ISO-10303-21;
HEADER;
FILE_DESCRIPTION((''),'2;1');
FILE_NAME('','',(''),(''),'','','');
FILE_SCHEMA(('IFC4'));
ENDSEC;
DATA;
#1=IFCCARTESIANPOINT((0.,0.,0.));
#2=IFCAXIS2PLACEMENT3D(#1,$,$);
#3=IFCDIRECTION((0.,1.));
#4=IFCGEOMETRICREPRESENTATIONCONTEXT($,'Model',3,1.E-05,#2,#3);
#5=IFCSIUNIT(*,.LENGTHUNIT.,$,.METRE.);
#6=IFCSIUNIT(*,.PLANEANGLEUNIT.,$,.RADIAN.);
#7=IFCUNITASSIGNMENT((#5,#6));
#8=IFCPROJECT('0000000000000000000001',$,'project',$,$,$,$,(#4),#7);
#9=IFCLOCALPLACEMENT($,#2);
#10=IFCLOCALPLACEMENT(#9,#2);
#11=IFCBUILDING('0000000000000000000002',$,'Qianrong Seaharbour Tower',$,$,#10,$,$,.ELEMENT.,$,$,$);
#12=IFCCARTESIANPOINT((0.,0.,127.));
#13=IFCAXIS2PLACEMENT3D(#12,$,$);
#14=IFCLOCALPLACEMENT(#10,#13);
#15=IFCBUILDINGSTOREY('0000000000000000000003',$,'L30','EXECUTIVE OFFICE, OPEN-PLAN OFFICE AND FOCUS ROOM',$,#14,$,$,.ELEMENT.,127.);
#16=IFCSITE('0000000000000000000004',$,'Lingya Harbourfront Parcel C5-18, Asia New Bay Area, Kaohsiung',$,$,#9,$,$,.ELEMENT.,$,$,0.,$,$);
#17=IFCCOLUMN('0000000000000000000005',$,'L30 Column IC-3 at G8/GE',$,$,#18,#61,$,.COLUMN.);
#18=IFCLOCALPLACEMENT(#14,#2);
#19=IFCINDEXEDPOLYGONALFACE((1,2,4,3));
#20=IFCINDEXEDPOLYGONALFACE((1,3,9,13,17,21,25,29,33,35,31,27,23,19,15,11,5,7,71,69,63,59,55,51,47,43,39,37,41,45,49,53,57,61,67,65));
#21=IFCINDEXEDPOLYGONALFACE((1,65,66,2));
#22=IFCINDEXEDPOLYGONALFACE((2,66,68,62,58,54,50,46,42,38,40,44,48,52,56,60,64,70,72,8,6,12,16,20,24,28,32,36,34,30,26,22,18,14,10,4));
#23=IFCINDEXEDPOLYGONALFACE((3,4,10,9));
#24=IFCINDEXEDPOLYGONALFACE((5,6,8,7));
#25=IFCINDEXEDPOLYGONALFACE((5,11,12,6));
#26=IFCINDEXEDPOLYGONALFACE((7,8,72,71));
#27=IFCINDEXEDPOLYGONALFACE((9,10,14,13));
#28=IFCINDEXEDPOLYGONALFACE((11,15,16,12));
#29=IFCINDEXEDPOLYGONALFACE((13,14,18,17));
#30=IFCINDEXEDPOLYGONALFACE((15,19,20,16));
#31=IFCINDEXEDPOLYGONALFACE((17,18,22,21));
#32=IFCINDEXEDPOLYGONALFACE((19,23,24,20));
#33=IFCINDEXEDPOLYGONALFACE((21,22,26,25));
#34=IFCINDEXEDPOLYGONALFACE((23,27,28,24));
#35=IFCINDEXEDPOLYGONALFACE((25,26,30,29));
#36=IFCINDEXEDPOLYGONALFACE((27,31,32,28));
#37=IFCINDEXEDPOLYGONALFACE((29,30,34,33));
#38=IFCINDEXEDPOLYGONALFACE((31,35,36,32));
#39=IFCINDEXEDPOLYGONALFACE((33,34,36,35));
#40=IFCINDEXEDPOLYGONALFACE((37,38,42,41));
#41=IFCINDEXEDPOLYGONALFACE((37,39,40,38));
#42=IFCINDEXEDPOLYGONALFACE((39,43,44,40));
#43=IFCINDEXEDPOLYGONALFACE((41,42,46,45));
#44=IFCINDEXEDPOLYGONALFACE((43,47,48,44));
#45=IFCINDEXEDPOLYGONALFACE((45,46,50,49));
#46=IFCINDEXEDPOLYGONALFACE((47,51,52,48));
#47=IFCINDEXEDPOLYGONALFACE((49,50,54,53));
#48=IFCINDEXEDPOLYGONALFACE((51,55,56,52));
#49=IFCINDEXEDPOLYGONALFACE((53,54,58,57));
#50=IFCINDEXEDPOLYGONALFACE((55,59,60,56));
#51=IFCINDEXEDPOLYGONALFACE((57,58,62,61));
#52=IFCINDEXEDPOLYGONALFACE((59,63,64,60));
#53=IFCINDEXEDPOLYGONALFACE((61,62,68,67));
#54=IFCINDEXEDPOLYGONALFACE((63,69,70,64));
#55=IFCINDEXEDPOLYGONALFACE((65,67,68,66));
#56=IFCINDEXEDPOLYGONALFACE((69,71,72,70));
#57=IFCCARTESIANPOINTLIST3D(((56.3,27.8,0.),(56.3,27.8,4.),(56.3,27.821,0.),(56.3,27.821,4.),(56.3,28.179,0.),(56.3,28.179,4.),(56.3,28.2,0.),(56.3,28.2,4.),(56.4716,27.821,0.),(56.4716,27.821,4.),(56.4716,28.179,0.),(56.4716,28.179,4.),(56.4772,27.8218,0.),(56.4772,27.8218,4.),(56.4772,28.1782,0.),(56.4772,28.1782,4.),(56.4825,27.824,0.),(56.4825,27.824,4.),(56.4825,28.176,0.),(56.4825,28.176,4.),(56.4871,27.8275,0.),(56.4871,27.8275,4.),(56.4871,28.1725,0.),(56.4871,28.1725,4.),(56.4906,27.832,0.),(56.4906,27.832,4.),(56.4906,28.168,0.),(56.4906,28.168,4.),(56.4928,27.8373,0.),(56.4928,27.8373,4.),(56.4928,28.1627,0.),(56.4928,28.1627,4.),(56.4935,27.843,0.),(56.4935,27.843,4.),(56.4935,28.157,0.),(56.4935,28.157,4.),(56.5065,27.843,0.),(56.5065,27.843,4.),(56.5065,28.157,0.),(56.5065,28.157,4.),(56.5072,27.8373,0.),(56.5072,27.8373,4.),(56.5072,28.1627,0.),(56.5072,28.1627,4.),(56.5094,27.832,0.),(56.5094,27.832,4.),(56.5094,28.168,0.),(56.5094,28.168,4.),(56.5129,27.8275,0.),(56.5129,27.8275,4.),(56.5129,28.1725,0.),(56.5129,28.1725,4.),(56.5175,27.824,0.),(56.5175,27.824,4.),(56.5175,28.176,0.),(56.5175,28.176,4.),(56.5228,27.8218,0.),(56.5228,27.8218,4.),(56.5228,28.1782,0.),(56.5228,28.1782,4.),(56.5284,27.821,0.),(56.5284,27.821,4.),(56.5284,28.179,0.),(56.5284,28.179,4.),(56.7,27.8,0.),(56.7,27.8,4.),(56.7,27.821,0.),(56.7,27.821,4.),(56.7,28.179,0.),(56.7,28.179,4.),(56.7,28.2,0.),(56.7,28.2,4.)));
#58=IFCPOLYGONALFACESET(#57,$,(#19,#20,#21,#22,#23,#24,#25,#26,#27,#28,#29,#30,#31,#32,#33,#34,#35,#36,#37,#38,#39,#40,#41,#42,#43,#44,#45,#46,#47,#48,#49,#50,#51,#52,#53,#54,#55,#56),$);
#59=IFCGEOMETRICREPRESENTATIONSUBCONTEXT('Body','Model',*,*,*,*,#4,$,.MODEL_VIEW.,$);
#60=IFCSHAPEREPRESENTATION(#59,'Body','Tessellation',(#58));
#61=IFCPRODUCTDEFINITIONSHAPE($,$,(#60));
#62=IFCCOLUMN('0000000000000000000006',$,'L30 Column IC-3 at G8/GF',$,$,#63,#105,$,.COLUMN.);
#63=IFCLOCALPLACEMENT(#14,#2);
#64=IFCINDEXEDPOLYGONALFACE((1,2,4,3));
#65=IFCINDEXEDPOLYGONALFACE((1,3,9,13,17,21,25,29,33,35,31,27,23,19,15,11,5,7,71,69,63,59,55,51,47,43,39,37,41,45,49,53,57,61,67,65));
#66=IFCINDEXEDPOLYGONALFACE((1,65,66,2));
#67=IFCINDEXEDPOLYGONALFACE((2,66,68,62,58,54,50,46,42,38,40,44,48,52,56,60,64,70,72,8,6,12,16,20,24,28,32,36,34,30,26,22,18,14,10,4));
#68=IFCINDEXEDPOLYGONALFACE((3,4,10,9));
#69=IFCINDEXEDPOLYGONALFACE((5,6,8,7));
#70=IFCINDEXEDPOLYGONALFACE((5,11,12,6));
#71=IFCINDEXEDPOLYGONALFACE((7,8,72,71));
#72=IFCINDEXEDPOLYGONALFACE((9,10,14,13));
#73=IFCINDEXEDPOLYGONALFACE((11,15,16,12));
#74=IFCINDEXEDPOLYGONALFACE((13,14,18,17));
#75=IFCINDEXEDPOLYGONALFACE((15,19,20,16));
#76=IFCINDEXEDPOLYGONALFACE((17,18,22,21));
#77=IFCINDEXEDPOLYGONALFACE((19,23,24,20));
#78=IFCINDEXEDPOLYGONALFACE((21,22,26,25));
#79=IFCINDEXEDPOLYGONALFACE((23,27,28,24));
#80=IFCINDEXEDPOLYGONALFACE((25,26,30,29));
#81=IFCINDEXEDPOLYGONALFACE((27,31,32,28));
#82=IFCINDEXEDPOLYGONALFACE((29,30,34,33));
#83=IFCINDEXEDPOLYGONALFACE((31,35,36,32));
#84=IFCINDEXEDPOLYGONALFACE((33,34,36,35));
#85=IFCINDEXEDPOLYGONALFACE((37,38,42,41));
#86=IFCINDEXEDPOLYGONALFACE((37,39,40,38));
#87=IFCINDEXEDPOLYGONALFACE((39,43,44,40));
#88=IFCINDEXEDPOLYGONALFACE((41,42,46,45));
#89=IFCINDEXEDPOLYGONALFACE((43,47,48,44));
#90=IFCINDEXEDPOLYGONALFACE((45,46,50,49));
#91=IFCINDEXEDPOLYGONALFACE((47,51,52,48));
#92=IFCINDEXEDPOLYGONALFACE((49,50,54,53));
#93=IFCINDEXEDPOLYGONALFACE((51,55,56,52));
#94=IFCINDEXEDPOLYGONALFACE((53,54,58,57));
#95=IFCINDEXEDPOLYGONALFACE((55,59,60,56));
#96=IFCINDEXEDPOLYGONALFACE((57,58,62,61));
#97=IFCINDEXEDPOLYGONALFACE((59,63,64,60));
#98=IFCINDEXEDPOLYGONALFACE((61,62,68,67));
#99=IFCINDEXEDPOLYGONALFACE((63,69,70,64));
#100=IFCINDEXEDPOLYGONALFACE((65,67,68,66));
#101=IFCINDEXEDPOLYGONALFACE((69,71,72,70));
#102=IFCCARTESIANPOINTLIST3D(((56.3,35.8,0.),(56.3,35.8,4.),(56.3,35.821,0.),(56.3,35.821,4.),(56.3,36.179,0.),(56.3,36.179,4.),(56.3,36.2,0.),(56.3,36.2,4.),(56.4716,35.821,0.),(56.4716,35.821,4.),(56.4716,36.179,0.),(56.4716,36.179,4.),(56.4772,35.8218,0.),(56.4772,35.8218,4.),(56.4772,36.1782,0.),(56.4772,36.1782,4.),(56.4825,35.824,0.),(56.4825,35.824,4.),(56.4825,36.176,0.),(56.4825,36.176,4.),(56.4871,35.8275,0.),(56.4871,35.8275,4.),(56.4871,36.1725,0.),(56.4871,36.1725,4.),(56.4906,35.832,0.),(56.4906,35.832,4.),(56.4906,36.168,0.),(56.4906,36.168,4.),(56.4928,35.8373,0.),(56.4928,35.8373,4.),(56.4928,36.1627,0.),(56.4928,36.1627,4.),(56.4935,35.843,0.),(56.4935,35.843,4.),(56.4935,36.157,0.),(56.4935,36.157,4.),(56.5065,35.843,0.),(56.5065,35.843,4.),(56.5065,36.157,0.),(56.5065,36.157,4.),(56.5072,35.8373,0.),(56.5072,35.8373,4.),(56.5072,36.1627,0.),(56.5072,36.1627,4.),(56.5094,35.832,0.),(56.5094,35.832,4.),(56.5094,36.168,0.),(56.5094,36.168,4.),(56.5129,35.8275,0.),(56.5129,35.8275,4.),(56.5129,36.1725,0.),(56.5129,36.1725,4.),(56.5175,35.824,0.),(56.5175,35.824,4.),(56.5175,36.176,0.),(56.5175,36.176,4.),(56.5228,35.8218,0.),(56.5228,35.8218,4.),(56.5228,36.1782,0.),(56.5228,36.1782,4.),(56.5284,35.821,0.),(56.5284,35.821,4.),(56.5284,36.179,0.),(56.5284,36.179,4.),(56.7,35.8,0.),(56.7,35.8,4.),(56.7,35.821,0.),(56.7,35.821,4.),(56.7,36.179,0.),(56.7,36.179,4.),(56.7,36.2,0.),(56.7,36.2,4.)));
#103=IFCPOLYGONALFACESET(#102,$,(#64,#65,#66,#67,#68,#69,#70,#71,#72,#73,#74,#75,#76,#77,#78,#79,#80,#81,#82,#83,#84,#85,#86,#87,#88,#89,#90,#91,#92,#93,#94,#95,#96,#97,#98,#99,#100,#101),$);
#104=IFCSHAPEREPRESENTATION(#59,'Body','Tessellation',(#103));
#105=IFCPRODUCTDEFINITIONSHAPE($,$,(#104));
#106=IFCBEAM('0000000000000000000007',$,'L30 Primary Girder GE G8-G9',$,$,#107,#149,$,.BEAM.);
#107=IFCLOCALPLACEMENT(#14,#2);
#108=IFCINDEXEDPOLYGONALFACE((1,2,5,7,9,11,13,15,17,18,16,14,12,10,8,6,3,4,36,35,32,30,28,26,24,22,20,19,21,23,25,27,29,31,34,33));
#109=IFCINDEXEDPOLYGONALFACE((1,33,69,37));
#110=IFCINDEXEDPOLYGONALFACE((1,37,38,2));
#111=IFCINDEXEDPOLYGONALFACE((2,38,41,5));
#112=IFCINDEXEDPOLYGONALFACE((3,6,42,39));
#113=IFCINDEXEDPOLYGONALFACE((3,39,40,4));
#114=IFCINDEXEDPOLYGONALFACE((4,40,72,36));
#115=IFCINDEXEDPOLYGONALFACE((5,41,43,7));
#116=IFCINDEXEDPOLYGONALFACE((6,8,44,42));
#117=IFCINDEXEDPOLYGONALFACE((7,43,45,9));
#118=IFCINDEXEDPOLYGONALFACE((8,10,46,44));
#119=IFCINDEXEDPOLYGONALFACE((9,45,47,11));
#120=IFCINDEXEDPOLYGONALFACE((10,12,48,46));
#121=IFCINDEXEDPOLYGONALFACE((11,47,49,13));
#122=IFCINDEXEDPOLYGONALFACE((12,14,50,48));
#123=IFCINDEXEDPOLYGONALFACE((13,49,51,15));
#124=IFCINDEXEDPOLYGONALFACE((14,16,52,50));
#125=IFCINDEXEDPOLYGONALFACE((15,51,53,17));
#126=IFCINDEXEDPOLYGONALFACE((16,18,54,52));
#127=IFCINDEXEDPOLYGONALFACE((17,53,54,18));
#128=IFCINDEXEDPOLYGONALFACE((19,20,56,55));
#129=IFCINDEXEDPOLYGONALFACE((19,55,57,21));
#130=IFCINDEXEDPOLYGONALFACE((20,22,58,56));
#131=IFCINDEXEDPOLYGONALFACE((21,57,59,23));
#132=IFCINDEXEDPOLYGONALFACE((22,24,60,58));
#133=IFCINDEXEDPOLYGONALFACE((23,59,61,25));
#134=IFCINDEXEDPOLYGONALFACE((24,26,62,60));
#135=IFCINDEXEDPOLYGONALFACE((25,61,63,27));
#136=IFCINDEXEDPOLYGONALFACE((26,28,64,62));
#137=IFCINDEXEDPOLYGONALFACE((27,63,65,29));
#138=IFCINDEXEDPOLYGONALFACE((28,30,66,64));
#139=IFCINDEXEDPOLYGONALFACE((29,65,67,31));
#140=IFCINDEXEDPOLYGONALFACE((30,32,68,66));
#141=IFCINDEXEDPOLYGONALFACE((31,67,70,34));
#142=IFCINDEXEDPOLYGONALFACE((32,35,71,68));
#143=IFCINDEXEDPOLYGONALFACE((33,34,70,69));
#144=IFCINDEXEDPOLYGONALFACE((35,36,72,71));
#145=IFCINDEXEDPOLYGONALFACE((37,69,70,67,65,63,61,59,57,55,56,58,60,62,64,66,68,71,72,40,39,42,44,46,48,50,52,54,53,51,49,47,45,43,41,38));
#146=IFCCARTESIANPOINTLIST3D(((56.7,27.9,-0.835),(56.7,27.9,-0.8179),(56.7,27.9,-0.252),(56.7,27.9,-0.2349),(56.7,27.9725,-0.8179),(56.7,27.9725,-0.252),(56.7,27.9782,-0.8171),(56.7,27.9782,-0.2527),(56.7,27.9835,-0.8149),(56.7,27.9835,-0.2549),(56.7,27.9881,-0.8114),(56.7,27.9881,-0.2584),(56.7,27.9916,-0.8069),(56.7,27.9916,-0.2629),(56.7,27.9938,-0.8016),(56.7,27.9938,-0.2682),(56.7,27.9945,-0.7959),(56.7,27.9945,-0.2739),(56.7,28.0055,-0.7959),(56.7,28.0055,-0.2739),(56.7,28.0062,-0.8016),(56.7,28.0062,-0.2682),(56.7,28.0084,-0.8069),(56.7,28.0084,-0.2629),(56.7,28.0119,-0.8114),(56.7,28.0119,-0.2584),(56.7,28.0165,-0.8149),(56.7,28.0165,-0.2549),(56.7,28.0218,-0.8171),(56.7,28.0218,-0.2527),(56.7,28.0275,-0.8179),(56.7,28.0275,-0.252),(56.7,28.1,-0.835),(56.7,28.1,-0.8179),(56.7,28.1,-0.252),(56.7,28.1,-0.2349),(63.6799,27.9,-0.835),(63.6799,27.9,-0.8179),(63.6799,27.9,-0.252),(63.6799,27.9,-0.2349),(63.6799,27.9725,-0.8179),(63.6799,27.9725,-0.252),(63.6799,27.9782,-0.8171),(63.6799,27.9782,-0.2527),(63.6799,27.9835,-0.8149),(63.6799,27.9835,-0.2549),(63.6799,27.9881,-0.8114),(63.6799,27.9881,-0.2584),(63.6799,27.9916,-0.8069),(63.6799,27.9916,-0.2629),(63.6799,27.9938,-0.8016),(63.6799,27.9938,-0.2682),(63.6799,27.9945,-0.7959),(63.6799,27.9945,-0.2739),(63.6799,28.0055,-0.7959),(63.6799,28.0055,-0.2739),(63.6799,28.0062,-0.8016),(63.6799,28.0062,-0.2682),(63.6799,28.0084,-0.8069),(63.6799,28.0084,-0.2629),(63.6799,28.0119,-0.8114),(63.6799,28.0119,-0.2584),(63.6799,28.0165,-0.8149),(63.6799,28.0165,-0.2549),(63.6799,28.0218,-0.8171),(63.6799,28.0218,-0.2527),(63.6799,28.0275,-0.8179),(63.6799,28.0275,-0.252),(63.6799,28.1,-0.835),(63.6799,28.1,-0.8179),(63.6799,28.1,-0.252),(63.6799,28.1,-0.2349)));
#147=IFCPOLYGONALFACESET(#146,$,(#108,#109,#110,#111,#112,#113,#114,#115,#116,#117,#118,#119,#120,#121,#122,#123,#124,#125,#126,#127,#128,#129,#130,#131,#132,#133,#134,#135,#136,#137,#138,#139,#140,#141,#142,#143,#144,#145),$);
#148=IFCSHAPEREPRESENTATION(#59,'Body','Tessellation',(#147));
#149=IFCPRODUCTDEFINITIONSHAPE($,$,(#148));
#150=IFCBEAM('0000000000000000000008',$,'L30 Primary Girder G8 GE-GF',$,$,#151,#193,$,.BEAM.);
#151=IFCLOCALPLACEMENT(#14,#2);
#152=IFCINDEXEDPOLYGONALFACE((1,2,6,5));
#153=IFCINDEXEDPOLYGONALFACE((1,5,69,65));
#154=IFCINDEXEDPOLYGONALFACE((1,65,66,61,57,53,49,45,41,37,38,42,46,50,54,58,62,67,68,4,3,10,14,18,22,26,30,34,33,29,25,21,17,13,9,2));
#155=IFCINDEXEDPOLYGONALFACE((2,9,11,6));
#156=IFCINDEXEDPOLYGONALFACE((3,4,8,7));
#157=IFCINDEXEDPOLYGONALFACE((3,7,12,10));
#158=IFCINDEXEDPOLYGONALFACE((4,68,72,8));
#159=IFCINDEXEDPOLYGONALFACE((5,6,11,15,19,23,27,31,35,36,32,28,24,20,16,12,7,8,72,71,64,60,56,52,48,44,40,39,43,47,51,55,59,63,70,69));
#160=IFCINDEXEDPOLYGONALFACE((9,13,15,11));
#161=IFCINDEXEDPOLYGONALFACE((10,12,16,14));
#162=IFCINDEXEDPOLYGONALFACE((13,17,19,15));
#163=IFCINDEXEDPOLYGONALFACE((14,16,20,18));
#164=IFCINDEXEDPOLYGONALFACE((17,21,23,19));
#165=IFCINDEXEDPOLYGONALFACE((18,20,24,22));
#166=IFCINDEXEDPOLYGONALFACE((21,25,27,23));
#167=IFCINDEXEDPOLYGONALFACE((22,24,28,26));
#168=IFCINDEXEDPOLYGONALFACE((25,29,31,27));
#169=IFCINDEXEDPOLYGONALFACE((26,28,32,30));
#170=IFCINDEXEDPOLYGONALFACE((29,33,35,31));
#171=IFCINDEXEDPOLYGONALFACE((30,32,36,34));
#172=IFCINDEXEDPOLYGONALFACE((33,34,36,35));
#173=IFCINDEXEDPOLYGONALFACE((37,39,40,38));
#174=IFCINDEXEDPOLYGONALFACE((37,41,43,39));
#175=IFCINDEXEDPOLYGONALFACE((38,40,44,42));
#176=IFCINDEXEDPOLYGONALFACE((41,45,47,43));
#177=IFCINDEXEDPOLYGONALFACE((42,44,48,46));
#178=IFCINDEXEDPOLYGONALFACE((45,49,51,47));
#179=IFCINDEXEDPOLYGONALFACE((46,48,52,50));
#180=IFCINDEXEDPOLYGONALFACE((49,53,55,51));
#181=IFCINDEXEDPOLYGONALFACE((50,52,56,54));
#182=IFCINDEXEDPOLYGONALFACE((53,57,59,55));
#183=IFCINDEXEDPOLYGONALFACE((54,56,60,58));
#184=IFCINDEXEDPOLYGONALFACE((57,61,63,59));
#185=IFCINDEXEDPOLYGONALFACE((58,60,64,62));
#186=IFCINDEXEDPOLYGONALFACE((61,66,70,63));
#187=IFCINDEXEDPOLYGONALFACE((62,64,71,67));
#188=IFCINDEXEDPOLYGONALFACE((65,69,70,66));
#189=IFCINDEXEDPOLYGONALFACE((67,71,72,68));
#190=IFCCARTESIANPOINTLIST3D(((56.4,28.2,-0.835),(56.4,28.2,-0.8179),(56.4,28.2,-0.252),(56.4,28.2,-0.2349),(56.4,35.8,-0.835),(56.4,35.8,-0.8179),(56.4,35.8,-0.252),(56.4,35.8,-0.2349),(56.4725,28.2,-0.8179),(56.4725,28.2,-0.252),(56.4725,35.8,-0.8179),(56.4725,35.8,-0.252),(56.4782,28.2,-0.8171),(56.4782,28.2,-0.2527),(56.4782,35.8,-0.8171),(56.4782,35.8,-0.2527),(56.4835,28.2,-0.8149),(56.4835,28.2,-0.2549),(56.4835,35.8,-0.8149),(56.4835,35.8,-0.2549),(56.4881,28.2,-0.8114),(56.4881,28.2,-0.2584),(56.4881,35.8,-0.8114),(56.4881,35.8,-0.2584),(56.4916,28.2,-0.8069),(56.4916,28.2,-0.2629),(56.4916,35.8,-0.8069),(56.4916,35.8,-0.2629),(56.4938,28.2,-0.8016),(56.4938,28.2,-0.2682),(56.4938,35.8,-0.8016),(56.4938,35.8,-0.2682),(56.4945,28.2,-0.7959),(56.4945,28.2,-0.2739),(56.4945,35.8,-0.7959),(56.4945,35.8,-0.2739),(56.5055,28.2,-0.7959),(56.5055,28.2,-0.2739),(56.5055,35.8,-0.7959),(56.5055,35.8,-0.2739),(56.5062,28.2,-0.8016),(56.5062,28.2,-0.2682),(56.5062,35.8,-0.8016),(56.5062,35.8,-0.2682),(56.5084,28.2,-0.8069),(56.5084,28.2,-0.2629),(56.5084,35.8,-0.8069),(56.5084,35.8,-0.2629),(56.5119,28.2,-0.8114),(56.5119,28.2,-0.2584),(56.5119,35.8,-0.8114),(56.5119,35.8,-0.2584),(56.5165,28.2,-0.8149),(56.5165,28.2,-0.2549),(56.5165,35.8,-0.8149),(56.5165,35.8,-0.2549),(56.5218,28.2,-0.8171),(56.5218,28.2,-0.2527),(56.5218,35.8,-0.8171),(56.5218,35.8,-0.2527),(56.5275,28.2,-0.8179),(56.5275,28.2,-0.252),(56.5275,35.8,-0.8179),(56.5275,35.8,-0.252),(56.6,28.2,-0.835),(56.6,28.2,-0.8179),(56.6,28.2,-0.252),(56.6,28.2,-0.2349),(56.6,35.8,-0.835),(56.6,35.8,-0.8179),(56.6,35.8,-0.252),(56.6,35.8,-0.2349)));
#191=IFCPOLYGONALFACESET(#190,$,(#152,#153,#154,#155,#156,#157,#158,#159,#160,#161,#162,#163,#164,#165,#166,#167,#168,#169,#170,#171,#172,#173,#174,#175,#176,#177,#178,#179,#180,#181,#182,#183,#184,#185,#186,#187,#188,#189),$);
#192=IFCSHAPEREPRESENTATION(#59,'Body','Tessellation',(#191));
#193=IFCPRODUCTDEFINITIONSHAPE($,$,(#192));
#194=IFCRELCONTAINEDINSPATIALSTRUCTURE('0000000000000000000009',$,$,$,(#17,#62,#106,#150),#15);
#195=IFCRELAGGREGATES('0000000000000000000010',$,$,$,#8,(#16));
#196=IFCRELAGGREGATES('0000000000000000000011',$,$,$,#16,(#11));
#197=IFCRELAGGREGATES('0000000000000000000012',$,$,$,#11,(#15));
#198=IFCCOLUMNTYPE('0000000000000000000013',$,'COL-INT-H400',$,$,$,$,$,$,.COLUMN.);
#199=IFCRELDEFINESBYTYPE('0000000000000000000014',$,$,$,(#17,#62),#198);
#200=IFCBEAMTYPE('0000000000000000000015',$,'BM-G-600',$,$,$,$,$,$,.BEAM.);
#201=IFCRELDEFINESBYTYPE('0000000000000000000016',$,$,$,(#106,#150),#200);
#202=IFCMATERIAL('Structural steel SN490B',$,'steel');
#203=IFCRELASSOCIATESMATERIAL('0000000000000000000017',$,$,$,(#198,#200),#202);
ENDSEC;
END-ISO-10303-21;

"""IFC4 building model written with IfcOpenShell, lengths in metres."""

from ifc_helpers import new_model, si_unit, direction, frame, origin, origin_2d, place, context, subcontext, project, spatial, i_section, extrude, material, material_profile, profile_set, type_object, element, save


model = new_model("IFC4")

# Units and contexts
model_context = context("Model", 3, precision=1e-05, world=origin(), true_north=direction((0.0, 1.0)))
body_context = subcontext(model_context, "Body", "Model", "MODEL_VIEW")
ifc_project = project(units=[si_unit("LENGTHUNIT", "METRE"), si_unit("PLANEANGLEUNIT", "RADIAN")], contexts=[model_context])

# Site, building, storey
site_placement = place(None, origin())
site = spatial("IfcSite", under=ifc_project, at=site_placement, Name="Lingya Harbourfront Parcel C5-18, Asia New Bay Area, Kaohsiung", CompositionType="ELEMENT", RefElevation=0.0)
building_placement = place(site_placement, origin())
building = spatial("IfcBuilding", under=site, at=building_placement, Name="Qianrong Seaharbour Tower", CompositionType="ELEMENT")
storey_placement = place(building_placement, frame((0.0, 0.0, 127.0)))
storey = spatial("IfcBuildingStorey", under=building, at=storey_placement, Name="L30", Description="EXECUTIVE OFFICE, OPEN-PLAN OFFICE AND FOCUS ROOM", CompositionType="ELEMENT", Elevation=127.0)

# Columns
ifc_material_1 = material(Name="Structural steel SN490B", Category="steel")
ifc_material_profile_1 = material_profile(ifc_material_1, i_section(OverallWidth=0.3999, OverallDepth=0.3999, WebThickness=0.0129, FlangeThickness=0.021, FilletRadius=0.022, at=origin_2d()), Name="H400x400x13x21")
ifc_profile_set_1 = profile_set([ifc_material_profile_1], Name="Structural steel SN490B")
column_type = type_object("IfcColumnType", Name="COL-INT-H400", PredefinedType="COLUMN", material=ifc_profile_set_1)
for number, where, z_axis, x_axis, name in (
    (1, (56.5, 28.0, 0.0), (0.0, 0.0, 1.0), (1.0, 0.0, 0.0), "L30 Column IC-3 at G8/GE"),
    (2, (56.5, 36.0, 0.0), (0.0, 0.0, 1.0), (1.0, 0.0, 0.0), "L30 Column IC-3 at G8/GF"),
):
    element("IfcColumn", number, at=place(storey_placement, frame(where, z_axis=z_axis, x_axis=x_axis)), inside=storey, type_object=column_type, Name=name, PredefinedType="COLUMN", context=body_context, shape_type="SweptSolid", body=[
        extrude(i_section(OverallWidth=0.3999, OverallDepth=0.3999, WebThickness=0.0129, FlangeThickness=0.021, FilletRadius=0.022, at=origin_2d()), origin(), (0.0, 0.0, 1.0), 4.0),
    ])

# Beams
ifc_material_profile_2 = material_profile(ifc_material_1, i_section(OverallWidth=0.2, OverallDepth=0.6001, WebThickness=0.011, FlangeThickness=0.0171, FilletRadius=0.022, at=origin_2d()), Name="H600x200x11x17")
ifc_profile_set_2 = profile_set([ifc_material_profile_2], Name="Structural steel SN490B")
beam_type_1 = type_object("IfcBeamType", Name="BM-G-600", PredefinedType="BEAM", material=ifc_profile_set_2)
beam_1_placement = place(storey_placement, frame((56.7, 28.0, -0.5349), z_axis=(1.0, 0.0, 0.0), x_axis=(0.0, 1.0, 0.0)))
element("IfcBeam", 3, at=beam_1_placement, inside=storey, type_object=beam_type_1, Name="L30 Primary Girder GE G8-G9", PredefinedType="BEAM", context=body_context, shape_type="SweptSolid", body=[
    extrude(i_section(OverallWidth=0.2, OverallDepth=0.6001, WebThickness=0.011, FlangeThickness=0.0171, FilletRadius=0.022, at=origin_2d()), origin(), (0.0, 0.0, 1.0), 6.98),
])
beam_2_placement = place(storey_placement, frame((56.5, 28.2, -0.5349), z_axis=(0.0, 1.0, 0.0), x_axis=(-1.0, 0.0, 0.0)))
element("IfcBeam", 4, at=beam_2_placement, inside=storey, type_object=beam_type_1, Name="L30 Primary Girder G8 GE-GF", PredefinedType="BEAM", context=body_context, shape_type="SweptSolid", body=[
    extrude(i_section(OverallWidth=0.2, OverallDepth=0.6001, WebThickness=0.011, FlangeThickness=0.0171, FilletRadius=0.022, at=origin_2d()), origin(), (0.0, 0.0, 1.0), 7.6001),
])

save(model, "model.ifc")
